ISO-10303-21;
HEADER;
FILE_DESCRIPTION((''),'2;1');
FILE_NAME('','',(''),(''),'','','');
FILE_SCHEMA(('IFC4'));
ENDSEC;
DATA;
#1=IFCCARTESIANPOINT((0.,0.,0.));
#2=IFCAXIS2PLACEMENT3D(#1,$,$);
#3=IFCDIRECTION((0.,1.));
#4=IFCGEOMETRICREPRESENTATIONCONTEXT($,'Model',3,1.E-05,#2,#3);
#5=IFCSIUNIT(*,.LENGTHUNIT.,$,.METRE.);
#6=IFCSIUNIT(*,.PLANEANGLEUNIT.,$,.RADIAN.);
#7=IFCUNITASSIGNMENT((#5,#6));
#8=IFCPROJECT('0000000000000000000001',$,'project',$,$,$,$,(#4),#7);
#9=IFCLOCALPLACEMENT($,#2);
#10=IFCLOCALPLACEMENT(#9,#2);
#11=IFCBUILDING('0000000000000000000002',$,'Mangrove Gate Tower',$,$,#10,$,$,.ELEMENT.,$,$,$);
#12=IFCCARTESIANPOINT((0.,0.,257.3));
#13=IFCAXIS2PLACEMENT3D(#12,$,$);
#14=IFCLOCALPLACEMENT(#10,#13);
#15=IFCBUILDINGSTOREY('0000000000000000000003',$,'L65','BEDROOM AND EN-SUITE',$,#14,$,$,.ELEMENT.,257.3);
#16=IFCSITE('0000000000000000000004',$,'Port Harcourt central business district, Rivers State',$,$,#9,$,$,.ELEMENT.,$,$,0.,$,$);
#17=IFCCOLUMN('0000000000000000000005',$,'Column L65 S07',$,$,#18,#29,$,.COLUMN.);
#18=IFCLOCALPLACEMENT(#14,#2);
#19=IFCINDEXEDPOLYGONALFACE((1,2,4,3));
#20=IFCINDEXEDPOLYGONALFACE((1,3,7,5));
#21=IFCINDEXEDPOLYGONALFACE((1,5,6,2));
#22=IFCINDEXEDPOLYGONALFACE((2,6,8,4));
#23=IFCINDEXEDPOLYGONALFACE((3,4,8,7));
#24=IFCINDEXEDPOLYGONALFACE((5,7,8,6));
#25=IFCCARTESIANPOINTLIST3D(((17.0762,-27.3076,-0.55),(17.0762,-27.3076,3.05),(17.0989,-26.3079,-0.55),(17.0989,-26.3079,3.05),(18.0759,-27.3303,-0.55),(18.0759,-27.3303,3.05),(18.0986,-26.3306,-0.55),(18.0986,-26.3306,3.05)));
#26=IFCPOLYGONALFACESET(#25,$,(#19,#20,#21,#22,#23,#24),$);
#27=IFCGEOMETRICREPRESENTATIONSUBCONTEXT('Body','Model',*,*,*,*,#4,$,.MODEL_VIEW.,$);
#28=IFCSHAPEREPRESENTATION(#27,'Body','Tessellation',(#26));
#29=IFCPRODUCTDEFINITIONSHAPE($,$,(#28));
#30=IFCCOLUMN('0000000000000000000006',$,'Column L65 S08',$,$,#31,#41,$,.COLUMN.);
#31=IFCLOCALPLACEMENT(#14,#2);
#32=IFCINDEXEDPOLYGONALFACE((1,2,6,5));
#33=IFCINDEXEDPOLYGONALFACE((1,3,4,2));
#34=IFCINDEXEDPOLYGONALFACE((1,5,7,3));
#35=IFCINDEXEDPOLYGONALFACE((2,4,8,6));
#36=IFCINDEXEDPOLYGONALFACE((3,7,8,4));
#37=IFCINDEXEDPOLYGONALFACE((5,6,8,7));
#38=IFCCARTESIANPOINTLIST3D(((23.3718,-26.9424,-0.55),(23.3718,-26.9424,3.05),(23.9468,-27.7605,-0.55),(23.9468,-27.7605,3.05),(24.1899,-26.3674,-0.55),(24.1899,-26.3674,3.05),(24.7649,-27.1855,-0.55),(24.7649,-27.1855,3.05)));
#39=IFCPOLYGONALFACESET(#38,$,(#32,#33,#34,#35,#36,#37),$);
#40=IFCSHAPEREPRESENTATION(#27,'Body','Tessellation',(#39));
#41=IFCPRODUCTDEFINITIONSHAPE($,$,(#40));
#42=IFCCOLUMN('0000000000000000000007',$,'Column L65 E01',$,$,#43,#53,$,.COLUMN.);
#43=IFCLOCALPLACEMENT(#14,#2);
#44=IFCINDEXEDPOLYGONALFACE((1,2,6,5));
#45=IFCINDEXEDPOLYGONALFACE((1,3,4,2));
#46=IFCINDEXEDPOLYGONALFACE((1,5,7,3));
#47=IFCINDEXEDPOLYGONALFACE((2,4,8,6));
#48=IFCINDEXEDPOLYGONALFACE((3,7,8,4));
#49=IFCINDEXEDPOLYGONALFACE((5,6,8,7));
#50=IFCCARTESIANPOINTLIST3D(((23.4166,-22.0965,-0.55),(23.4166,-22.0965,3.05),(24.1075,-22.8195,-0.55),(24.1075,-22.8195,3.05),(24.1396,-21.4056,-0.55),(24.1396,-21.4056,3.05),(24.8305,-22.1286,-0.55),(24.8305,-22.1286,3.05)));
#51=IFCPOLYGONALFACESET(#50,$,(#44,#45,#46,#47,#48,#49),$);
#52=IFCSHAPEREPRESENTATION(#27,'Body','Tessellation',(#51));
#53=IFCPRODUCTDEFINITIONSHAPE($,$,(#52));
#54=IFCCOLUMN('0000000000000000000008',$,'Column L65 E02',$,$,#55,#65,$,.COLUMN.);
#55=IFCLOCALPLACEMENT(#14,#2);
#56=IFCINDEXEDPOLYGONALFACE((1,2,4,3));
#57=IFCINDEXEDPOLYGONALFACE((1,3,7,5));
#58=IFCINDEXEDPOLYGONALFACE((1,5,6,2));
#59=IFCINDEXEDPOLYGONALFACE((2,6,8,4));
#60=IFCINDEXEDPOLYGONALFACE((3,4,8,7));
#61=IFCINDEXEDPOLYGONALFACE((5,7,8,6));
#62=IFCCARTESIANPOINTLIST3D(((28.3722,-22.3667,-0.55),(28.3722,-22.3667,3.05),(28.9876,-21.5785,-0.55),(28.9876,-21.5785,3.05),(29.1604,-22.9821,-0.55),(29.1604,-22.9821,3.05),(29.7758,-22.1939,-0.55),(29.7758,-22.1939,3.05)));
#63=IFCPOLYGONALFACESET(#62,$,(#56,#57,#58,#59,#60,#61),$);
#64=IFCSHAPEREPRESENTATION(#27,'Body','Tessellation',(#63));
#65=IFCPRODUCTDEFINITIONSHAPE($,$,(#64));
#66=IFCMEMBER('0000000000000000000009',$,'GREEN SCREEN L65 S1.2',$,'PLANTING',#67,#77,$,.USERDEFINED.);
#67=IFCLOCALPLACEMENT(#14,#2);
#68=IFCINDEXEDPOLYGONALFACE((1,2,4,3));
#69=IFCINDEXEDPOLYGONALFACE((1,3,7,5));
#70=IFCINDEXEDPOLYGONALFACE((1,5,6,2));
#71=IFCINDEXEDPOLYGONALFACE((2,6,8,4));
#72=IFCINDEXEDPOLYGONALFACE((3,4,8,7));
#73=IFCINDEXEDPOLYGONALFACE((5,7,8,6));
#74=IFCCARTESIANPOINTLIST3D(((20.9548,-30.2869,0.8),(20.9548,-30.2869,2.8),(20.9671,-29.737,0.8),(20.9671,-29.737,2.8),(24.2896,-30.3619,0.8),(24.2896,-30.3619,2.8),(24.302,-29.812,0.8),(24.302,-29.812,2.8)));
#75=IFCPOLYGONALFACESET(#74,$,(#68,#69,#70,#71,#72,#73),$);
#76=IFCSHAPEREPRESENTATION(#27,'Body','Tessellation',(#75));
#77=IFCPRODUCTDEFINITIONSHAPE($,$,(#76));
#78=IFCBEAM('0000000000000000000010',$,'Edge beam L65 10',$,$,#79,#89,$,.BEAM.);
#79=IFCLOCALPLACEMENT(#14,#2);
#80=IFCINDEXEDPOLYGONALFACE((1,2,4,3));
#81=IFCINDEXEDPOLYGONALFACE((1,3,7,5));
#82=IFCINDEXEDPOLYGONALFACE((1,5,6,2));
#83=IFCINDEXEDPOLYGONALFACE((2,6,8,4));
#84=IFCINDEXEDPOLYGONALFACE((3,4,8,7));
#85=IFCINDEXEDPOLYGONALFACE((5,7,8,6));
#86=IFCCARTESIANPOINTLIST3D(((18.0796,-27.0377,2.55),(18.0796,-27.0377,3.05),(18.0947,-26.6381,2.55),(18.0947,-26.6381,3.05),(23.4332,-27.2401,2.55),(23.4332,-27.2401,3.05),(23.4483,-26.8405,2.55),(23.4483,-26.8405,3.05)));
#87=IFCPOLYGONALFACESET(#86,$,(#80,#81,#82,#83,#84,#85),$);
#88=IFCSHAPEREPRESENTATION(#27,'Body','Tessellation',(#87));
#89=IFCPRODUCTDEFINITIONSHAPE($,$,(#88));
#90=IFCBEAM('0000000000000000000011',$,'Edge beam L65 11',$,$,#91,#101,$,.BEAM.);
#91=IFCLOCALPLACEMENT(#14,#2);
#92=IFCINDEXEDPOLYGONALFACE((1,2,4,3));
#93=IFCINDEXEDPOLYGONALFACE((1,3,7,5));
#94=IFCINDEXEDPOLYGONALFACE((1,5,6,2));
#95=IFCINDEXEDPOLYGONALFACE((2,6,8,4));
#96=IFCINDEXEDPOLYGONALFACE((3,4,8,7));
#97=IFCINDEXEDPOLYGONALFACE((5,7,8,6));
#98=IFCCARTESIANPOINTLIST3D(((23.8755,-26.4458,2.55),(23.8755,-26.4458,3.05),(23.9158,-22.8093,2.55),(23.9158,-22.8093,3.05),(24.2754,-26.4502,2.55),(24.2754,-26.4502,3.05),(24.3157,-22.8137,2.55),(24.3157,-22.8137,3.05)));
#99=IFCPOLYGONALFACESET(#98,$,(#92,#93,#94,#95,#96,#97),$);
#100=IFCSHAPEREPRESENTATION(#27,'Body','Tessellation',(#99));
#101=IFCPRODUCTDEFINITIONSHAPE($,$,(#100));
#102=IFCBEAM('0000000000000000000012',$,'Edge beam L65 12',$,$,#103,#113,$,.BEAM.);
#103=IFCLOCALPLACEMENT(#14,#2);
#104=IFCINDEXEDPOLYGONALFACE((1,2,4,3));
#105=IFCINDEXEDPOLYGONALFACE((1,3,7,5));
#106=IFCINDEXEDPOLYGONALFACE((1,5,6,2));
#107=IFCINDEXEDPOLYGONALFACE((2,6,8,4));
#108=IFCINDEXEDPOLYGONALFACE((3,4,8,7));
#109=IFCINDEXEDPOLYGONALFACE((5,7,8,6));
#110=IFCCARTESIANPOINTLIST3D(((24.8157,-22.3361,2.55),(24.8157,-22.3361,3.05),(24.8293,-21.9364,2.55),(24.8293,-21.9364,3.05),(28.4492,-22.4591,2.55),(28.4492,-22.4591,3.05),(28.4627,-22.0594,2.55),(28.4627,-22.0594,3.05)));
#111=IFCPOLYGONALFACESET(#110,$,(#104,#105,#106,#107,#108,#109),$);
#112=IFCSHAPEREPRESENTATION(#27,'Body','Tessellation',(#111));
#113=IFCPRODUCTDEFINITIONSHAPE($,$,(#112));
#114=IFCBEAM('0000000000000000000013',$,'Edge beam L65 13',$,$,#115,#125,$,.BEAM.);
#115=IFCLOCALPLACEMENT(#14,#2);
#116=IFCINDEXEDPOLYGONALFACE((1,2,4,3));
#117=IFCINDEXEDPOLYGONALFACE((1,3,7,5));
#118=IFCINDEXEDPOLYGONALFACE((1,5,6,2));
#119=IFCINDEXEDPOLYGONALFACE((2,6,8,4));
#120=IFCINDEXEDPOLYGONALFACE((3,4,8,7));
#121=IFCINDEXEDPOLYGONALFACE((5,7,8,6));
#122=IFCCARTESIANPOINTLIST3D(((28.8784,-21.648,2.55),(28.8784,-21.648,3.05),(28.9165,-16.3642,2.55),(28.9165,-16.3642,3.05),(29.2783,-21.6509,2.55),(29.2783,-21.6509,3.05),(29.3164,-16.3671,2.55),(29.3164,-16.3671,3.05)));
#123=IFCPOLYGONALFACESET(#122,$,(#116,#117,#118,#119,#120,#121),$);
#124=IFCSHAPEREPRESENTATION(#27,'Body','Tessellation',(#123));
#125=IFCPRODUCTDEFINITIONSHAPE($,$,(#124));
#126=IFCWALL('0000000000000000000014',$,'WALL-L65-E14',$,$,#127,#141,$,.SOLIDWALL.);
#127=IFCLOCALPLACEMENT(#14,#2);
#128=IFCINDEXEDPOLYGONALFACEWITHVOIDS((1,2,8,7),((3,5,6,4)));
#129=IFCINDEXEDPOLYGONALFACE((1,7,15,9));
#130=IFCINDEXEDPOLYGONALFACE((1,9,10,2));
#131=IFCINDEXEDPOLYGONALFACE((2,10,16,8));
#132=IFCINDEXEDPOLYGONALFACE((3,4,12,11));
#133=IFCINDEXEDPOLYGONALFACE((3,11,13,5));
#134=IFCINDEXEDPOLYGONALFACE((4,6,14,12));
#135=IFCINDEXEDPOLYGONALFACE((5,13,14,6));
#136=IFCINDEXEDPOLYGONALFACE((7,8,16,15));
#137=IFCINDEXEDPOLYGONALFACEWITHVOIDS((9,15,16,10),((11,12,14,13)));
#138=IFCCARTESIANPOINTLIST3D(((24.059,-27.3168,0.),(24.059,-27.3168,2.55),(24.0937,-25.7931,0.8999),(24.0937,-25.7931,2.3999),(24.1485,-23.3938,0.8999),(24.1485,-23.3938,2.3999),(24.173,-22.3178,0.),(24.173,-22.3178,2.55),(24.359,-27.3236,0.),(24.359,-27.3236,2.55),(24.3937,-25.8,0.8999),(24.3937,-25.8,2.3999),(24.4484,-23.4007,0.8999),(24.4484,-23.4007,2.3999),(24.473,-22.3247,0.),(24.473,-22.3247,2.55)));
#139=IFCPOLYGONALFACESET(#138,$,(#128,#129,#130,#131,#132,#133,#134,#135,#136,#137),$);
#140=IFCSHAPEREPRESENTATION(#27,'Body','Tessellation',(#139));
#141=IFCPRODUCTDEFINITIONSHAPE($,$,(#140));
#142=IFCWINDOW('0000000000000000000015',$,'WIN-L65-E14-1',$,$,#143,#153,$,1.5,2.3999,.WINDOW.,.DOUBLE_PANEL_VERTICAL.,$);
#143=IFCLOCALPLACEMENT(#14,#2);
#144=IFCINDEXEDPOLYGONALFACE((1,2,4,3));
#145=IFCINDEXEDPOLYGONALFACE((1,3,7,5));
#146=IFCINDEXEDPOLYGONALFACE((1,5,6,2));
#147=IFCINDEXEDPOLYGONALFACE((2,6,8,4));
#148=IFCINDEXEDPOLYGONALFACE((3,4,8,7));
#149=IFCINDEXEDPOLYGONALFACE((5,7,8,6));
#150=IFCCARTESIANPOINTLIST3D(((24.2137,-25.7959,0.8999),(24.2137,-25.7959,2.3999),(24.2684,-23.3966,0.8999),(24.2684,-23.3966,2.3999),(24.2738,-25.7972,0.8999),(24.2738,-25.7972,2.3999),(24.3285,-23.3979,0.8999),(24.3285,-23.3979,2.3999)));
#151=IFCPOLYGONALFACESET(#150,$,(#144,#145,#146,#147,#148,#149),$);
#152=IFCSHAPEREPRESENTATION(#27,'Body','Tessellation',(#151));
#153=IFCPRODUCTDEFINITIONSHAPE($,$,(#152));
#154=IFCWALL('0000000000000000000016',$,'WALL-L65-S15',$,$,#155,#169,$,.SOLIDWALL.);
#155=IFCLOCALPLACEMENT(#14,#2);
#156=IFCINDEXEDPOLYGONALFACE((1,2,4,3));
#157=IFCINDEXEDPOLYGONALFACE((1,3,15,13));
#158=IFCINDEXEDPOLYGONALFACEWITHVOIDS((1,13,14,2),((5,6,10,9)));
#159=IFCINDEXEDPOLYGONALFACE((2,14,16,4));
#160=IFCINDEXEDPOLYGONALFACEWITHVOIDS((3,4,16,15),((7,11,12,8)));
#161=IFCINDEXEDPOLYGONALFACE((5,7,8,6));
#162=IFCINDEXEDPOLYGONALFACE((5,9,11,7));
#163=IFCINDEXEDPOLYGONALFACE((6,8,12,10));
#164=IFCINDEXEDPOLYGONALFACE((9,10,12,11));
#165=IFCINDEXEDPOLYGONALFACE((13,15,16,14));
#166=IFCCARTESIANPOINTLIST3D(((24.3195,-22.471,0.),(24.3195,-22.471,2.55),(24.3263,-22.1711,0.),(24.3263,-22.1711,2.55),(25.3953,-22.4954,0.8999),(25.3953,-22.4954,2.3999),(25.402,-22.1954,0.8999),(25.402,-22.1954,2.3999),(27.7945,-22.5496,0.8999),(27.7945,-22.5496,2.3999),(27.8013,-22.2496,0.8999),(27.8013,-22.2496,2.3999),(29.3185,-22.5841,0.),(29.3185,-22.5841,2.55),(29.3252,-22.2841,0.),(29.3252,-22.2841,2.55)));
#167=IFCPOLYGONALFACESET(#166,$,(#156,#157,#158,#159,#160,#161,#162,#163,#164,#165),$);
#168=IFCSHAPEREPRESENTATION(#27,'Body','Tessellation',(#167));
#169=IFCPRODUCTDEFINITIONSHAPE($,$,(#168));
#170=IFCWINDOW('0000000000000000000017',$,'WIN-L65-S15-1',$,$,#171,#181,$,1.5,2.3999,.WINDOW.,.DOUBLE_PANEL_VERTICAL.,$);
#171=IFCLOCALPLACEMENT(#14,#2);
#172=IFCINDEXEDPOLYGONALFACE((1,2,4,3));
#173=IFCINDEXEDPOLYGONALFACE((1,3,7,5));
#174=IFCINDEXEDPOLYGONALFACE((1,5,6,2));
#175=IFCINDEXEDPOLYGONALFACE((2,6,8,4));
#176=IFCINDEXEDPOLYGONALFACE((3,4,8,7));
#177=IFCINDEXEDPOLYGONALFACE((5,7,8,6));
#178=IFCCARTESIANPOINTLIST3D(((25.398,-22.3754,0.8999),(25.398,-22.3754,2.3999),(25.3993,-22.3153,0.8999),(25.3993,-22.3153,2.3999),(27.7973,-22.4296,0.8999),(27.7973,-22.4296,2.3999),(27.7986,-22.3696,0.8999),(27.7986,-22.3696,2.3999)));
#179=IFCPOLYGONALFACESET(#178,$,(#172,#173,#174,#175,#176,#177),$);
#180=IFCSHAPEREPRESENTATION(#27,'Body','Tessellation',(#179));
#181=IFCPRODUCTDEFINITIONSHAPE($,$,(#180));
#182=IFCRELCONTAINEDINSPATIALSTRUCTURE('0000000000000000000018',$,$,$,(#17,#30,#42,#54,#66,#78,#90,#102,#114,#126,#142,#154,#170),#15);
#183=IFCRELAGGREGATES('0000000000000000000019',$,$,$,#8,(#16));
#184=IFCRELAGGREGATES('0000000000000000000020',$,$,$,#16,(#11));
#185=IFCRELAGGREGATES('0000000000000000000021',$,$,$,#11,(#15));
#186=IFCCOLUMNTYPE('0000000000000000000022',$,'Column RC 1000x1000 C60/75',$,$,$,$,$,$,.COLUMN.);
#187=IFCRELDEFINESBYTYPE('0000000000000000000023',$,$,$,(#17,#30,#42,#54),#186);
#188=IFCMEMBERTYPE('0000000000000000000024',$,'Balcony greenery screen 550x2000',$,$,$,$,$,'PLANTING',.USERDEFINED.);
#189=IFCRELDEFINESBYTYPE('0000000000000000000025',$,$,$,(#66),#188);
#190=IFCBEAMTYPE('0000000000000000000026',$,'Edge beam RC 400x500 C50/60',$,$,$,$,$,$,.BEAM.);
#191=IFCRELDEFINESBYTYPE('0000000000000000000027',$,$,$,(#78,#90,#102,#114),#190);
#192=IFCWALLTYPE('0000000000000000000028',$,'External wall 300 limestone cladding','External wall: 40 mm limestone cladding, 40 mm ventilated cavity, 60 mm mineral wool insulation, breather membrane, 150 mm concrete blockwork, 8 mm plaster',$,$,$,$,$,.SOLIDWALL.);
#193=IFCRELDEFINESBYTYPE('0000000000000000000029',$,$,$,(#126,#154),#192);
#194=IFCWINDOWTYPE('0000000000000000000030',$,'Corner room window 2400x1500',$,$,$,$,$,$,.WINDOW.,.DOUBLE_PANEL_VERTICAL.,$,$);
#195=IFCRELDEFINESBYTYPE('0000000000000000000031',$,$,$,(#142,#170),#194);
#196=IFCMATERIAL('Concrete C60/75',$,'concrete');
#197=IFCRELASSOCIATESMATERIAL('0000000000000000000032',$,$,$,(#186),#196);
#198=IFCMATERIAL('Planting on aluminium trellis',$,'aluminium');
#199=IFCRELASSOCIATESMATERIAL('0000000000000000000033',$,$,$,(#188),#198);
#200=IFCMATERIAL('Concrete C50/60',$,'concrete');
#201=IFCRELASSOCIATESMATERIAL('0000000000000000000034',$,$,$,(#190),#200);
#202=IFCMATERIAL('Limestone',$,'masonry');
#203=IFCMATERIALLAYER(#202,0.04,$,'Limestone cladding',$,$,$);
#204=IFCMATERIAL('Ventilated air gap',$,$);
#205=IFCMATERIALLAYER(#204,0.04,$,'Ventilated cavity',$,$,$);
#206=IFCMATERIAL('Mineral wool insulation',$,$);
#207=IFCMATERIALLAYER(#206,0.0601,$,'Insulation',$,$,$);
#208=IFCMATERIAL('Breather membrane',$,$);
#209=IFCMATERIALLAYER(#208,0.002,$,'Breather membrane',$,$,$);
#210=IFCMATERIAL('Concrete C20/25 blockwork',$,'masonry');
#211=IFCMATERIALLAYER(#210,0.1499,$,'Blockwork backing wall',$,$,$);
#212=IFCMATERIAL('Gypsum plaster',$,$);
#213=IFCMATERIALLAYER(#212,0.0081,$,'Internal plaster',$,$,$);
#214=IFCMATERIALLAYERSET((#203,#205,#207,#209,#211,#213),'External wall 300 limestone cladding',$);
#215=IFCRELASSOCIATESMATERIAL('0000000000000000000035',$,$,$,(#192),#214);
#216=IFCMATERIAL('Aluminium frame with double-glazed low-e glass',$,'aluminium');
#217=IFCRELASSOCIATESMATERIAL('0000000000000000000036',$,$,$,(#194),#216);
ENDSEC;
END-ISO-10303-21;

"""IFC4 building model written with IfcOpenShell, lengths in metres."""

from ifc_helpers import new_model, si_unit, direction, frame, frame_2d, origin, origin_2d, place, context, subcontext, project, spatial, rectangle, extrude, material, layer, layer_set, material_profile, profile_set, type_object, element, fill, save


model = new_model("IFC4")

# Units and contexts
model_context = context("Model", 3, precision=1e-05, world=origin(), true_north=direction((0.0, 1.0)))
body_context = subcontext(model_context, "Body", "Model", "MODEL_VIEW")
ifc_project = project(units=[si_unit("LENGTHUNIT", "METRE"), si_unit("PLANEANGLEUNIT", "RADIAN")], contexts=[model_context])

# Site, building, storey
site_placement = place(None, origin())
site = spatial("IfcSite", under=ifc_project, at=site_placement, Name="Port Harcourt central business district, Rivers State", CompositionType="ELEMENT", RefElevation=0.0)
building_placement = place(site_placement, origin())
building = spatial("IfcBuilding", under=site, at=building_placement, Name="Mangrove Gate Tower", CompositionType="ELEMENT")
storey_placement = place(building_placement, frame((0.0, 0.0, 257.3)))
storey = spatial("IfcBuildingStorey", under=building, at=storey_placement, Name="L65", Description="BEDROOM AND EN-SUITE", CompositionType="ELEMENT", Elevation=257.3)

# Columns
ifc_material_1 = material(Name="Concrete C60/75", Category="concrete")
ifc_material_profile_1 = material_profile(ifc_material_1, rectangle(XDim=1.0, YDim=1.0, at=origin_2d()))
ifc_profile_set_1 = profile_set([ifc_material_profile_1], Name="Concrete C60/75")
column_type = type_object("IfcColumnType", Name="Column RC 1000x1000 C60/75", PredefinedType="COLUMN", material=ifc_profile_set_1)
for number, where, z_axis, x_axis, name in (
    (1, (17.5874, -26.8191, -0.55), (0.0, 0.0, 1.0), (0.999742, -0.022708, 0.0), "Column L65 S07"),
    (2, (24.0684, -27.064, -0.55), (0.0, 0.0, 1.0), (0.818121, 0.575046, 0.0), "Column L65 S08"),
    (3, (24.1235, -22.1125, -0.55), (0.0, 0.0, 1.0), (0.722977, 0.690873, 0.0), "Column L65 E01"),
    (4, (29.074, -22.2803, -0.55), (0.0, 0.0, 1.0), (0.615428, 0.788193, 0.0), "Column L65 E02"),
):
    element("IfcColumn", number, at=place(storey_placement, frame(where, z_axis=z_axis, x_axis=x_axis)), inside=storey, type_object=column_type, Name=name, PredefinedType="COLUMN", context=body_context, shape_type="SweptSolid", body=[
        extrude(rectangle(XDim=1.0, YDim=1.0, at=origin_2d()), origin(), (0.0, 0.0, 1.0), 3.6001),
    ])

# Member
ifc_material_2 = material(Name="Planting on aluminium trellis", Category="aluminium")
ifc_material_profile_2 = material_profile(ifc_material_2, rectangle(XDim=0.55, YDim=2.0, at=origin_2d()))
ifc_profile_set_2 = profile_set([ifc_material_profile_2], Name="Planting on aluminium trellis")
member_type = type_object("IfcMemberType", Name="Balcony greenery screen 550x2000", ElementType="PLANTING", PredefinedType="USERDEFINED", material=ifc_profile_set_2)
member_placement = place(storey_placement, frame((20.9609, -30.012, 1.8), z_axis=(0.999748, -0.022469, 0.0), x_axis=(0.022469, 0.999748, 0.0)))
element("IfcMember", 5, at=member_placement, inside=storey, type_object=member_type, Name="GREEN SCREEN L65 S1.2", ObjectType="PLANTING", PredefinedType="USERDEFINED", context=body_context, shape_type="SweptSolid", body=[
    extrude(rectangle(XDim=0.55, YDim=2.0, at=origin_2d()), origin(), (0.0, 0.0, 1.0), 3.3357),
])

# Beams
ifc_material_3 = material(Name="Concrete C50/60", Category="concrete")
ifc_material_profile_3 = material_profile(ifc_material_3, rectangle(XDim=0.3999, YDim=0.5, at=origin_2d()))
ifc_profile_set_3 = profile_set([ifc_material_profile_3], Name="Concrete C50/60")
beam_type = type_object("IfcBeamType", Name="Edge beam RC 400x500 C50/60", PredefinedType="BEAM", material=ifc_profile_set_3)
beam_1_placement = place(storey_placement, frame((18.0872, -26.8379, 2.8), z_axis=(0.999286, -0.037779, 0.0), x_axis=(0.037779, 0.999286, 0.0)))
element("IfcBeam", 6, at=beam_1_placement, inside=storey, type_object=beam_type, Name="Edge beam L65 10", PredefinedType="BEAM", context=body_context, shape_type="SweptSolid", body=[
    extrude(rectangle(XDim=0.3999, YDim=0.5, at=origin_2d()), origin(), (0.0, 0.0, 1.0), 5.3574),
])
beam_2_placement = place(storey_placement, frame((24.0754, -26.448, 2.8), z_axis=(0.011077, 0.999939, 0.0), x_axis=(-0.999939, 0.011077, 0.0)))
element("IfcBeam", 7, at=beam_2_placement, inside=storey, type_object=beam_type, Name="Edge beam L65 11", PredefinedType="BEAM", context=body_context, shape_type="SweptSolid", body=[
    extrude(rectangle(XDim=0.3999, YDim=0.5, at=origin_2d()), origin(), (0.0, 0.0, 1.0), 3.6367),
])
beam_3_placement = place(storey_placement, frame((24.8225, -22.1362, 2.8), z_axis=(0.999427, -0.033847, 0.0), x_axis=(0.033847, 0.999427, 0.0)))
element("IfcBeam", 8, at=beam_3_placement, inside=storey, type_object=beam_type, Name="Edge beam L65 12", PredefinedType="BEAM", context=body_context, shape_type="SweptSolid", body=[
    extrude(rectangle(XDim=0.3999, YDim=0.5, at=origin_2d()), origin(), (0.0, 0.0, 1.0), 3.6355),
])
beam_4_placement = place(storey_placement, frame((29.0784, -21.6494, 2.8), z_axis=(0.007208, 0.999974, 0.0), x_axis=(-0.999974, 0.007208, 0.0)))
element("IfcBeam", 9, at=beam_4_placement, inside=storey, type_object=beam_type, Name="Edge beam L65 13", PredefinedType="BEAM", context=body_context, shape_type="SweptSolid", body=[
    extrude(rectangle(XDim=0.3999, YDim=0.5, at=origin_2d()), origin(), (0.0, 0.0, 1.0), 5.2839),
])

# Shared definitions
ifc_material_4 = material(Name="Limestone", Category="masonry")
ifc_layer_1 = layer(ifc_material_4, 0.04, Name="Limestone cladding")
ifc_material_5 = material(Name="Ventilated air gap")
ifc_layer_2 = layer(ifc_material_5, 0.04, Name="Ventilated cavity")
ifc_material_6 = material(Name="Mineral wool insulation")
ifc_layer_3 = layer(ifc_material_6, 0.0601, Name="Insulation")
ifc_material_7 = material(Name="Breather membrane")
ifc_layer_4 = layer(ifc_material_7, 0.002, Name="Breather membrane")
ifc_material_8 = material(Name="Concrete C20/25 blockwork", Category="masonry")
ifc_layer_5 = layer(ifc_material_8, 0.1499, Name="Blockwork backing wall")
ifc_material_9 = material(Name="Gypsum plaster")
ifc_layer_6 = layer(ifc_material_9, 0.0081, Name="Internal plaster")
ifc_layer_set_1 = layer_set([ifc_layer_1, ifc_layer_2, ifc_layer_3, ifc_layer_4, ifc_layer_5, ifc_layer_6], Name="External wall 300 limestone cladding")
wall_type_1 = type_object("IfcWallType", Name="External wall 300 limestone cladding", Description="External wall: 40 mm limestone cladding, 40 mm ventilated cavity, 60 mm mineral wool insulation, breather membrane, 150 mm concrete blockwork, 8 mm plaster", PredefinedType="SOLIDWALL", material=ifc_layer_set_1)
ifc_material_10 = material(Name="Aluminium frame with double-glazed low-e glass", Category="aluminium")
window_type = type_object("IfcWindowType", Name="Corner room window 2400x1500", PartitioningType="DOUBLE_PANEL_VERTICAL", PredefinedType="WINDOW", material=ifc_material_10)

# Walls, openings, windows
wall_1_placement = place(storey_placement, frame((24.209, -27.3201, 0.0), z_axis=(0.0, 0.0, 1.0), x_axis=(0.022801, 0.99974, 0.0)))
wall_1 = element("IfcWall", 10, at=wall_1_placement, inside=storey, type_object=wall_type_1, Name="WALL-L65-E14", PredefinedType="SOLIDWALL", context=body_context, shape_type="SweptSolid", body=[
    extrude(rectangle(XDim=5.0002, YDim=0.3, at=frame_2d((2.5, 0.0))), origin(), (0.0, 0.0, 1.0), 2.55),
])
opening_1_placement = place(wall_1_placement, frame((1.5239, 0.0, 0.8999)))
opening_1 = element("IfcOpeningElement", 11, at=opening_1_placement, cuts=wall_1, PredefinedType="OPENING", context=body_context, shape_type="SweptSolid", body=[
    extrude(rectangle(XDim=2.3999, YDim=1.5, at=frame_2d((1.2, 0.75))), frame((0.0, 0.1599, 0.0), z_axis=(0.0, -1.0, 0.0), x_axis=(1.0, 0.0, 0.0)), (0.0, 0.0, 1.0), 0.3201),
])
window_1_placement = place(opening_1_placement, origin())
window_1 = element("IfcWindow", 12, at=window_1_placement, inside=storey, type_object=window_type, Name="WIN-L65-E14-1", OverallHeight=1.5, OverallWidth=2.3999, PartitioningType="DOUBLE_PANEL_VERTICAL", PredefinedType="WINDOW", context=body_context, shape_type="SweptSolid", body=[
    extrude(rectangle(XDim=2.3999, YDim=1.5, at=frame_2d((1.2, 0.75))), frame((0.0, 0.03, 0.0), z_axis=(0.0, -1.0, 0.0), x_axis=(1.0, 0.0, 0.0)), (0.0, 0.0, 1.0), 0.0601),
])
fill(opening_1, window_1)
wall_2_placement = place(storey_placement, frame((24.323, -22.321, 0.0), z_axis=(0.0, 0.0, 1.0), x_axis=(0.999744, -0.022606, 0.0)))
wall_2 = element("IfcWall", 13, at=wall_2_placement, inside=storey, type_object=wall_type_1, Name="WALL-L65-S15", PredefinedType="SOLIDWALL", context=body_context, shape_type="SweptSolid", body=[
    extrude(rectangle(XDim=5.0002, YDim=0.3, at=frame_2d((2.5, 0.0))), origin(), (0.0, 0.0, 1.0), 2.55),
])
opening_2_placement = place(wall_2_placement, frame((1.0759, 0.0, 0.8999)))
opening_2 = element("IfcOpeningElement", 14, at=opening_2_placement, cuts=wall_2, PredefinedType="OPENING", context=body_context, shape_type="SweptSolid", body=[
    extrude(rectangle(XDim=2.3999, YDim=1.5, at=frame_2d((1.2, 0.75))), frame((0.0, 0.1599, 0.0), z_axis=(0.0, -1.0, 0.0), x_axis=(1.0, 0.0, 0.0)), (0.0, 0.0, 1.0), 0.3201),
])
window_2_placement = place(opening_2_placement, origin())
window_2 = element("IfcWindow", 15, at=window_2_placement, inside=storey, type_object=window_type, Name="WIN-L65-S15-1", OverallHeight=1.5, OverallWidth=2.3999, PartitioningType="DOUBLE_PANEL_VERTICAL", PredefinedType="WINDOW", context=body_context, shape_type="SweptSolid", body=[
    extrude(rectangle(XDim=2.3999, YDim=1.5, at=frame_2d((1.2, 0.75))), frame((0.0, 0.03, 0.0), z_axis=(0.0, -1.0, 0.0), x_axis=(1.0, 0.0, 0.0)), (0.0, 0.0, 1.0), 0.0601),
])
fill(opening_2, window_2)

save(model, "model.ifc")
